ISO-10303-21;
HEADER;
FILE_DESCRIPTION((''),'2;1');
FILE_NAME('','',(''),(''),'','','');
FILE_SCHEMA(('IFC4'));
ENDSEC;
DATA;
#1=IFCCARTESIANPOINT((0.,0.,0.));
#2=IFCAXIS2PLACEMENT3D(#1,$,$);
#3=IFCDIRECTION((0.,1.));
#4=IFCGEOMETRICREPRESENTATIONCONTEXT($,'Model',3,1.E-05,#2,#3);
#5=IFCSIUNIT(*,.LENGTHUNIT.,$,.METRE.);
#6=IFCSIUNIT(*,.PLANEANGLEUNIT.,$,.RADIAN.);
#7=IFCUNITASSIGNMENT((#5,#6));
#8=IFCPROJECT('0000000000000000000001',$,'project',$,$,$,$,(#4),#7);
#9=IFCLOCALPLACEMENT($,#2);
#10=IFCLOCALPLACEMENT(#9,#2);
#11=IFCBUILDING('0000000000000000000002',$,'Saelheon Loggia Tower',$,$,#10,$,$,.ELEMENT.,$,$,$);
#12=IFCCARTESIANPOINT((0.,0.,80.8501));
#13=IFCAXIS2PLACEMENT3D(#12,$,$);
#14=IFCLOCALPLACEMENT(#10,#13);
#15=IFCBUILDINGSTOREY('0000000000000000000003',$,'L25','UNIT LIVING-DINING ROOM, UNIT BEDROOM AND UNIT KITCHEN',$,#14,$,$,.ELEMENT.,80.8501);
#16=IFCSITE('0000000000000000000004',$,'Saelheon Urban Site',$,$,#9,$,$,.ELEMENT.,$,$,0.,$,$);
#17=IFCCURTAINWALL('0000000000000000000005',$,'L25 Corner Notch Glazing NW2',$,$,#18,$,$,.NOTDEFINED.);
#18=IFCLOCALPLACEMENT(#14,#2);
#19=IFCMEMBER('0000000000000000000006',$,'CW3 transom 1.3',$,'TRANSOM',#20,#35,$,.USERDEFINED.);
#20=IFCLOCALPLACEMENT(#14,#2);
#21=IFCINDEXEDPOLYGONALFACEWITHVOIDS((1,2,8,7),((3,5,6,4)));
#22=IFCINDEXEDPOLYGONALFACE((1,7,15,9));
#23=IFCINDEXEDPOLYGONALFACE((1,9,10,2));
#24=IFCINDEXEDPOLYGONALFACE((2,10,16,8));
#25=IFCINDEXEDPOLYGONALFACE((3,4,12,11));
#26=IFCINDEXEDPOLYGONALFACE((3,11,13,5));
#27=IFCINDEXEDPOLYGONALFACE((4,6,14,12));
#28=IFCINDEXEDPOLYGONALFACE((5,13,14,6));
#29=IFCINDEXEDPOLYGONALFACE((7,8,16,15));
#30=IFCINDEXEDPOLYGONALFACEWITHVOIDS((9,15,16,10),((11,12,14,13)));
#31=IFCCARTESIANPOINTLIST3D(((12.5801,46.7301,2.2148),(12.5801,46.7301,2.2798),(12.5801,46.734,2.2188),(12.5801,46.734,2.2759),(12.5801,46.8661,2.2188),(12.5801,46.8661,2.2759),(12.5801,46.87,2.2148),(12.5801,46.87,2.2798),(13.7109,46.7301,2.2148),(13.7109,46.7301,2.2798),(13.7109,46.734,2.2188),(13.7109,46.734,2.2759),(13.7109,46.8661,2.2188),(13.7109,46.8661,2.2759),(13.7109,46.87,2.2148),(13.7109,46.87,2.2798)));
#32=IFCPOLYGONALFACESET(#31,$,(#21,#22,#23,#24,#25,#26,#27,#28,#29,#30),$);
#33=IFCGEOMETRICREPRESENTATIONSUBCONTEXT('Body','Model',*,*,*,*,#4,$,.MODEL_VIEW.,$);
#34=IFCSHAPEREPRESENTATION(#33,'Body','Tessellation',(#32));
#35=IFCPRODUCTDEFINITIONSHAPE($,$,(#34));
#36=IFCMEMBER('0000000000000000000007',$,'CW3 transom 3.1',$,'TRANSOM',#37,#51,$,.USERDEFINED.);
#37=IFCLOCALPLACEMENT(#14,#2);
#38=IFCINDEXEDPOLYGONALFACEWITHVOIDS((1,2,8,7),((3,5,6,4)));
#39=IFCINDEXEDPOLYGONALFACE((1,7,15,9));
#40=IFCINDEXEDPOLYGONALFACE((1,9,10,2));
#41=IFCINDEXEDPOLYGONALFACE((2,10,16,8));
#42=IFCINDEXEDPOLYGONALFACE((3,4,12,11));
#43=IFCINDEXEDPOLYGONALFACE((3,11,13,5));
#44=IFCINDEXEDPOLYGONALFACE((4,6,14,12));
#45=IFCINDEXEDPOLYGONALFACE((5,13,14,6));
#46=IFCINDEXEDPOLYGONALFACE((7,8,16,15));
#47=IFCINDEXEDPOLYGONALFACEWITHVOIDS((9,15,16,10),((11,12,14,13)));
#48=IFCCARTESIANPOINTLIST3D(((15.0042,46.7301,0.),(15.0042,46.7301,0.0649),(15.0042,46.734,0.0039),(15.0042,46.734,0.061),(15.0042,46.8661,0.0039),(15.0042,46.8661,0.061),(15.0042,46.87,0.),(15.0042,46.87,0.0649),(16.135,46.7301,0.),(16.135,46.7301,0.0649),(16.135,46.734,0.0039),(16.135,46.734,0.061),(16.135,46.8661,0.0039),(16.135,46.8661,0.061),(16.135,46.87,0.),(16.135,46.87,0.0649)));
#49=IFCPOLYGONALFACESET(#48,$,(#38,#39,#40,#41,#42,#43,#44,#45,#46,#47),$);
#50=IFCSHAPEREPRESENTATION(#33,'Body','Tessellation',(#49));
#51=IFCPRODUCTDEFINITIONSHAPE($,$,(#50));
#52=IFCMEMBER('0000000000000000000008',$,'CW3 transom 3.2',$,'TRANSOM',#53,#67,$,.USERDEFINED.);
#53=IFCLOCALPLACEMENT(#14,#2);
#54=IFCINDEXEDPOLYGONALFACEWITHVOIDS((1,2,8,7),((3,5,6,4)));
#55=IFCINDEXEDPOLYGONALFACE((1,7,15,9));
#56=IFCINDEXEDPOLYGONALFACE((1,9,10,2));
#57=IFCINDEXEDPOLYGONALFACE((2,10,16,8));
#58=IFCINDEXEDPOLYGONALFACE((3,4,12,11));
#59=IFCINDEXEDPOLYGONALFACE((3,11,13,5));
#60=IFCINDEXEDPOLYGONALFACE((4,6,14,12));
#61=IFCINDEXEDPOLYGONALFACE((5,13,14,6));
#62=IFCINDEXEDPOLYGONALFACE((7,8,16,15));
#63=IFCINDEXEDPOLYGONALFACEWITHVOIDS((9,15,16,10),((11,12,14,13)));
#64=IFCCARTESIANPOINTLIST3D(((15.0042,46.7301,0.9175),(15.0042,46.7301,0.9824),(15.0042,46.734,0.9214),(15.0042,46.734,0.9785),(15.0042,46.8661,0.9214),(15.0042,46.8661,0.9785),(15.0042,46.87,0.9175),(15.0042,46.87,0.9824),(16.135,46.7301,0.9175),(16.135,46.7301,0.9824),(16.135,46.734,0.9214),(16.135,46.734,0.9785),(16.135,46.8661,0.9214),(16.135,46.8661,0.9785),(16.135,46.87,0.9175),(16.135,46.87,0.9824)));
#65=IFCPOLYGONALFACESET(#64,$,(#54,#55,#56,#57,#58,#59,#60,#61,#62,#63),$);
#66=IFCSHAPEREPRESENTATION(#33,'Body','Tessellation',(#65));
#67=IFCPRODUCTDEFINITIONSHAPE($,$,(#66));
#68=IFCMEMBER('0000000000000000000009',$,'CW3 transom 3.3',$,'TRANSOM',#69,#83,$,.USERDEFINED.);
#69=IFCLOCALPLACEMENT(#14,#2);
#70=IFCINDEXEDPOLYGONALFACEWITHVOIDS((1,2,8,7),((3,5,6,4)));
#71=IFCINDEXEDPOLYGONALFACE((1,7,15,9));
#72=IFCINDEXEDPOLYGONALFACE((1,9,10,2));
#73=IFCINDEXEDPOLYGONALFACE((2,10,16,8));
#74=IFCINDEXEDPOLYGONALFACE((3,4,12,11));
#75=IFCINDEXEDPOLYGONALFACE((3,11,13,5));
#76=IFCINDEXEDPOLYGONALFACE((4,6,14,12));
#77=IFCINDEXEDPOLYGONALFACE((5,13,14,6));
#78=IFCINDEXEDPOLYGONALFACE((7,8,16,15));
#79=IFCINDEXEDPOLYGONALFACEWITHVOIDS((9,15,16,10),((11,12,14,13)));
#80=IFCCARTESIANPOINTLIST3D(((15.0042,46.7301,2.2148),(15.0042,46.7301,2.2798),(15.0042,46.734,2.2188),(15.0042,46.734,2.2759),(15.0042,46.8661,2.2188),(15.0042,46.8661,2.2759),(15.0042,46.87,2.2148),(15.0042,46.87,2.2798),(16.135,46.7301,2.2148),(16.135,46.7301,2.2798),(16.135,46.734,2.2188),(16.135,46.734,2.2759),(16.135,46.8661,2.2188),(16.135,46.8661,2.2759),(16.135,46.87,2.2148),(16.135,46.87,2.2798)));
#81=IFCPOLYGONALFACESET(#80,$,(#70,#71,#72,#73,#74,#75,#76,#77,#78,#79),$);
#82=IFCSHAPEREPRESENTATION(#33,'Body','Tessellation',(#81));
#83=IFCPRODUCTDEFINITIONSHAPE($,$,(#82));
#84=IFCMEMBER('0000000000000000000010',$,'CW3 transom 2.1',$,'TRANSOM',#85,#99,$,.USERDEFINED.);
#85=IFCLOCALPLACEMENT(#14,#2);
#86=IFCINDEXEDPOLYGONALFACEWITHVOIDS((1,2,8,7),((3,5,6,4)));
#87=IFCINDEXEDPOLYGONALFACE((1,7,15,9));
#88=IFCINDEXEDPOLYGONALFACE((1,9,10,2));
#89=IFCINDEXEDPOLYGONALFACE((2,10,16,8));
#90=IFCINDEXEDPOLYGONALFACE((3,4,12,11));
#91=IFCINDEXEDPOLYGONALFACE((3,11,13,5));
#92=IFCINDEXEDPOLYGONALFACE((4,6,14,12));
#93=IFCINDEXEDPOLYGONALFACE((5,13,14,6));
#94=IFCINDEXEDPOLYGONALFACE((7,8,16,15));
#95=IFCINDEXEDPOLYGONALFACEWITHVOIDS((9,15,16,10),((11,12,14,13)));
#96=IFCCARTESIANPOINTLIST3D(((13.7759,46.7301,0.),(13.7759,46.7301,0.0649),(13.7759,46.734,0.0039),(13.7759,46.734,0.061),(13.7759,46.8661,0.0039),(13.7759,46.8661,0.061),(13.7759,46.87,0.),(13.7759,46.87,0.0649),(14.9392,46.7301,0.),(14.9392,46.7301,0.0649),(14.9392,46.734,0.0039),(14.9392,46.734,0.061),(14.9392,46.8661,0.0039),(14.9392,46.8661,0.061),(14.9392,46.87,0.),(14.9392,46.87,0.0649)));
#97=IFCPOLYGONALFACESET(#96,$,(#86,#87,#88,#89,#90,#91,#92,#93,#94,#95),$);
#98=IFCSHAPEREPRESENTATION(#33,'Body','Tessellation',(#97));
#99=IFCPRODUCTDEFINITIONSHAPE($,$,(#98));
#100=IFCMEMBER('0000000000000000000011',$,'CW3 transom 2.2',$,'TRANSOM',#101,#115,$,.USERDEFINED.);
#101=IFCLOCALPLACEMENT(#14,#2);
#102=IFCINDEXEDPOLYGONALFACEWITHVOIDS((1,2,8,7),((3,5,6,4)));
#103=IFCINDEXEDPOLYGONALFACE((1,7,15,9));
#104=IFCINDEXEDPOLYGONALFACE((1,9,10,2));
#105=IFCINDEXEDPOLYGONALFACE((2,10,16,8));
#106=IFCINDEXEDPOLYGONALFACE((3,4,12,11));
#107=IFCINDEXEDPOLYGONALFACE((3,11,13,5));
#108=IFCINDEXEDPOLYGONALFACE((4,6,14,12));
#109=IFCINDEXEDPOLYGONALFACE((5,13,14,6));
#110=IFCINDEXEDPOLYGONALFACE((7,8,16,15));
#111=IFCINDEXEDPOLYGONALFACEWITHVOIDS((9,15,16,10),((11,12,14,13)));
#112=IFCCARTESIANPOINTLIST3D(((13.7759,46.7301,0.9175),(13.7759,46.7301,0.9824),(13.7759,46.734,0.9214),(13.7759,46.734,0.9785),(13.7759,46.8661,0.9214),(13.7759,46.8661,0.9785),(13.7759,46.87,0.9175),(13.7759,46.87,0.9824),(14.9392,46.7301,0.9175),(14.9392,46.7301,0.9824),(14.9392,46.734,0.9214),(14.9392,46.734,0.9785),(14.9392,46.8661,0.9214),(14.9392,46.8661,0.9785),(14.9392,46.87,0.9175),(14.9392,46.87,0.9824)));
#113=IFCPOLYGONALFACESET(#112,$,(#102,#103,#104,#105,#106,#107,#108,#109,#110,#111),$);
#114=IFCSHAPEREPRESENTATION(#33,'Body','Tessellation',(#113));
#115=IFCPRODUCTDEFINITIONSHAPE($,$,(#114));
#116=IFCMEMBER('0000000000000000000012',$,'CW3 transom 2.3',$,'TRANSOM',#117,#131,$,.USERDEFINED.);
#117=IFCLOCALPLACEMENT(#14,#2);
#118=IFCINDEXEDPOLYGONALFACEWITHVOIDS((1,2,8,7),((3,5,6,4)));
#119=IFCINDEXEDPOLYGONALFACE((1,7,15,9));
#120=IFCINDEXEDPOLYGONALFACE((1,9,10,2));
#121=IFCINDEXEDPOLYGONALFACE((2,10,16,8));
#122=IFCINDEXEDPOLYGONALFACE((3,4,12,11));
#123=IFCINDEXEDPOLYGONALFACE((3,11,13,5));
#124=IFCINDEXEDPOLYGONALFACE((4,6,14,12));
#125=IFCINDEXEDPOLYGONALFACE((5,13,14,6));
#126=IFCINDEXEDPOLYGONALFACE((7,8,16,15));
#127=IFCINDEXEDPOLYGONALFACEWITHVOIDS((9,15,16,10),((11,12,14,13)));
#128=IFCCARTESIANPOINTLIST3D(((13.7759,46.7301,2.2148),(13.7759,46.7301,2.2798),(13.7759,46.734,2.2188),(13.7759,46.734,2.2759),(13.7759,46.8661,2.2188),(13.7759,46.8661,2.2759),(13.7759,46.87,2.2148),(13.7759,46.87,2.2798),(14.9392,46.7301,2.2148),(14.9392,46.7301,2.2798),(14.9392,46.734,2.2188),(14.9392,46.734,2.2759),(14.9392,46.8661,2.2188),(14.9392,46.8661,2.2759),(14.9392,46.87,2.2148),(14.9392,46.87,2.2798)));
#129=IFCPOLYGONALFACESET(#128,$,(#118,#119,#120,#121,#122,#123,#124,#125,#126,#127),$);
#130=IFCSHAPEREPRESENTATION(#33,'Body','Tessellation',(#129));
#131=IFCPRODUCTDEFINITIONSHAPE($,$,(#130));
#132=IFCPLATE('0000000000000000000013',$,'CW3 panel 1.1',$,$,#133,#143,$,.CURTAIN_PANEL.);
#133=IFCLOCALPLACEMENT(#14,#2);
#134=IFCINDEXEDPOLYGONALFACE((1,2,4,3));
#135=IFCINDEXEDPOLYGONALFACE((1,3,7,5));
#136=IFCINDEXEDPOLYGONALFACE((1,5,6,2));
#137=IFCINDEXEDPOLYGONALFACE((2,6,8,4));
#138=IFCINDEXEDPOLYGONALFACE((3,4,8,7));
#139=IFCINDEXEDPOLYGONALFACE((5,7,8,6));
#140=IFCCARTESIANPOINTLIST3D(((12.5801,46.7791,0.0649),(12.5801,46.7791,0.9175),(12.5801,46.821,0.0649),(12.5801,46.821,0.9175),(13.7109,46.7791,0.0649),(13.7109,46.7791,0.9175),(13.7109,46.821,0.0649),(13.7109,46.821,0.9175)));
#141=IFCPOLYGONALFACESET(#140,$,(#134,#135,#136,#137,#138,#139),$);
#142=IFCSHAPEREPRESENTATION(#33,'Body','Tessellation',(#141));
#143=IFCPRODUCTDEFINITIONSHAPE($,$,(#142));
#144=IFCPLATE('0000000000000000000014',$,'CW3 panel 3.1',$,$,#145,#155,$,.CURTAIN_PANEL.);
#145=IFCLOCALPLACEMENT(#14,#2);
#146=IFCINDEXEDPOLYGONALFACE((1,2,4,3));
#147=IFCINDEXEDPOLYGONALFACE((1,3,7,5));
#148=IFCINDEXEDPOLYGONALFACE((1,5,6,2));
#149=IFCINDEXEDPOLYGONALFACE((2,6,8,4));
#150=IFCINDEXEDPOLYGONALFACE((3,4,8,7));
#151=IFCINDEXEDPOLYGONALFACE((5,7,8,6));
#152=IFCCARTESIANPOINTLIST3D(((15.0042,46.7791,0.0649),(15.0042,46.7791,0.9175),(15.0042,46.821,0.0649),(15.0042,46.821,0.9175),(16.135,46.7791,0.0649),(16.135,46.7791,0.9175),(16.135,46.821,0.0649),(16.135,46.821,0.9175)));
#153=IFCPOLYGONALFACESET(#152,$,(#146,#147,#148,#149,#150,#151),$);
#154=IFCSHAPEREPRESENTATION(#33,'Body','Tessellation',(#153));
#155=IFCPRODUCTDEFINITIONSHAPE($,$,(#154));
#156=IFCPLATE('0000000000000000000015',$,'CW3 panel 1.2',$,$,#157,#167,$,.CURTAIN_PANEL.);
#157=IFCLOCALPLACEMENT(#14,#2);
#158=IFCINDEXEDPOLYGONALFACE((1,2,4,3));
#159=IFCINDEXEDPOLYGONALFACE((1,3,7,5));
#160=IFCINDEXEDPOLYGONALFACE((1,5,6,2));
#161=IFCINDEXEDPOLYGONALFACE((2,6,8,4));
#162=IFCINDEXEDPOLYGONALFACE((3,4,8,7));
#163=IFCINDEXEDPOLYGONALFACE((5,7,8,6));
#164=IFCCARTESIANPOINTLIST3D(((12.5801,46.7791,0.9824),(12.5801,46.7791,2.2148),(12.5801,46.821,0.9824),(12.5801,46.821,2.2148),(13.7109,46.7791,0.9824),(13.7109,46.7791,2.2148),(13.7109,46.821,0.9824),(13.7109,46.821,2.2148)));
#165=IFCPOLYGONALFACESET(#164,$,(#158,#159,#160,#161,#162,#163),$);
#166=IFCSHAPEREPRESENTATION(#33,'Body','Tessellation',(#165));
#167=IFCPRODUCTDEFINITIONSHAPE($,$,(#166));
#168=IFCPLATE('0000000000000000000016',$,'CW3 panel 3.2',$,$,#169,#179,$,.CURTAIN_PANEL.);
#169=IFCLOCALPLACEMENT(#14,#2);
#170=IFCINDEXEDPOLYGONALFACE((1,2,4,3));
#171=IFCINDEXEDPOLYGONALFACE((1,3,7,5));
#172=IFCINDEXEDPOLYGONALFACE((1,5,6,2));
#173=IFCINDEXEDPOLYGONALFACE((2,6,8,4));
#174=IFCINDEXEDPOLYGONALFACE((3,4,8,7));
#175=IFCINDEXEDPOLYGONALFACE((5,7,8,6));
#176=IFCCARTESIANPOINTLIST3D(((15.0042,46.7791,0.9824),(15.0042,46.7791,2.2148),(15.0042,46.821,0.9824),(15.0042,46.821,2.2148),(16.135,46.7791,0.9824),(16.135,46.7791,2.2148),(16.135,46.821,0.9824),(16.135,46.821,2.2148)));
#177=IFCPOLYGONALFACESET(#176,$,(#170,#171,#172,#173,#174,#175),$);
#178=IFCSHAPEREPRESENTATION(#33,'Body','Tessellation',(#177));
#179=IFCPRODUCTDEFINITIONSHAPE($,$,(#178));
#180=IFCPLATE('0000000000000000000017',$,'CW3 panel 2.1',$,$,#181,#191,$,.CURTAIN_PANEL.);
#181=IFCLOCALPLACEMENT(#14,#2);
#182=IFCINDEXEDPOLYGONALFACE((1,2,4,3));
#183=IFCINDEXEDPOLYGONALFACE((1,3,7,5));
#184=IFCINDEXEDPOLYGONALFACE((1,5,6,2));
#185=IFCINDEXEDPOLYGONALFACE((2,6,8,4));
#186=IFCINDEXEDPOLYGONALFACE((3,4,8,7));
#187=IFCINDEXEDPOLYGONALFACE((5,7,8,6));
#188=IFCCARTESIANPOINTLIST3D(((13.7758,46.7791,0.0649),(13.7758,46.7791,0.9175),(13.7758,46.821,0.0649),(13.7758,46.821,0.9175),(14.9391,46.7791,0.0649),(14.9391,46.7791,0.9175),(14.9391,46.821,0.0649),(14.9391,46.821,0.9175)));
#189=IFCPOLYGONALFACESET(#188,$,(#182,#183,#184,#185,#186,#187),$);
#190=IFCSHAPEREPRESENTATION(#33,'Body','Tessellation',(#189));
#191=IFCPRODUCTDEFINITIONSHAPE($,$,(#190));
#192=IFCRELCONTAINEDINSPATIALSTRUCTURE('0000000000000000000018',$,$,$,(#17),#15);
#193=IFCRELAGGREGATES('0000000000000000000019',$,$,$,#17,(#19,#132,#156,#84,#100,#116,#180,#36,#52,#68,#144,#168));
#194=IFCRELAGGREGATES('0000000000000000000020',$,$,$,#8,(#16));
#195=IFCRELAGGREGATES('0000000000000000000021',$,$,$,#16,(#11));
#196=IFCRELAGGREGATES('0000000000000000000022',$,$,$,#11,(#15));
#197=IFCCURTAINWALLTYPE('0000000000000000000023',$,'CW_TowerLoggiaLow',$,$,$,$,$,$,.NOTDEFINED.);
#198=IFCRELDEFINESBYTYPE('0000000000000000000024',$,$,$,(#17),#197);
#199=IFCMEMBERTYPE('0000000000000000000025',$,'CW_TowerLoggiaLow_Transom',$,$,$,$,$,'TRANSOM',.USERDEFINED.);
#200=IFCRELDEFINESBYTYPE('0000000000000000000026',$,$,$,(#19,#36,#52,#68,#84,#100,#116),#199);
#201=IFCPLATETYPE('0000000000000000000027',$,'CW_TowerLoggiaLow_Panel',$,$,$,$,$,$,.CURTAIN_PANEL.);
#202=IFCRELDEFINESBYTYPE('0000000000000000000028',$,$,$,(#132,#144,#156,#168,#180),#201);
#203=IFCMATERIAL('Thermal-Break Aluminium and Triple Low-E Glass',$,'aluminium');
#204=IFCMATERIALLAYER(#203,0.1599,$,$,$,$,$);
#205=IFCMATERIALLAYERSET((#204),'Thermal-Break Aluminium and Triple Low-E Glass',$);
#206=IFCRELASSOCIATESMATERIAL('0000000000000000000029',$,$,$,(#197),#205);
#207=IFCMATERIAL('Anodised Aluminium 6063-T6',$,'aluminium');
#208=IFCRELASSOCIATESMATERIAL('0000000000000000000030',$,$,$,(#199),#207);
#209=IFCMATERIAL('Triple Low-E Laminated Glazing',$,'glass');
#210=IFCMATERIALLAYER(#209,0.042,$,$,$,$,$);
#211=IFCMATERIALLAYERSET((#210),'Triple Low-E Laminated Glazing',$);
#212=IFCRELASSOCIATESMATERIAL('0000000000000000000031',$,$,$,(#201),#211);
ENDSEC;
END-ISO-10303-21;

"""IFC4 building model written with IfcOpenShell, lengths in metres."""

from ifc_helpers import new_model, si_unit, direction, frame, origin, origin_2d, place, context, subcontext, project, spatial, rectangle, hollow_rectangle, extrude, source, transform, mapped, material, layer, layer_set, material_profile, profile_set, type_object, element, aggregate, save


model = new_model("IFC4")

# Units and contexts
model_context = context("Model", 3, precision=1e-05, world=origin(), true_north=direction((0.0, 1.0)))
body_context = subcontext(model_context, "Body", "Model", "MODEL_VIEW")
ifc_project = project(units=[si_unit("LENGTHUNIT", "METRE"), si_unit("PLANEANGLEUNIT", "RADIAN")], contexts=[model_context])

# Site, building, storey
site_placement = place(None, origin())
site = spatial("IfcSite", under=ifc_project, at=site_placement, Name="Saelheon Urban Site", CompositionType="ELEMENT", RefElevation=0.0)
building_placement = place(site_placement, origin())
building = spatial("IfcBuilding", under=site, at=building_placement, Name="Saelheon Loggia Tower", CompositionType="ELEMENT")
storey_placement = place(building_placement, frame((0.0, 0.0, 80.8501)))
storey = spatial("IfcBuildingStorey", under=building, at=storey_placement, Name="L25", Description="UNIT LIVING-DINING ROOM, UNIT BEDROOM AND UNIT KITCHEN", CompositionType="ELEMENT", Elevation=80.8501)

# Shared definitions
ifc_material_1 = material(Name="Thermal-Break Aluminium and Triple Low-E Glass", Category="aluminium")
ifc_layer_1 = layer(ifc_material_1, 0.1599)
ifc_layer_set_1 = layer_set([ifc_layer_1], Name="Thermal-Break Aluminium and Triple Low-E Glass")
curtain_wall_type = type_object("IfcCurtainWallType", Name="CW_TowerLoggiaLow", PredefinedType="NOTDEFINED", material=ifc_layer_set_1)
ifc_material_2 = material(Name="Anodised Aluminium 6063-T6", Category="aluminium")

# Curtain wall
curtain_wall_1_placement = place(storey_placement, origin())
curtain_wall_1 = element("IfcCurtainWall", 1, at=curtain_wall_1_placement, inside=storey, type_object=curtain_wall_type, Name="L25 Corner Notch Glazing NW2", PredefinedType="NOTDEFINED")

# Members
ifc_material_profile_1 = material_profile(ifc_material_2, hollow_rectangle(XDim=0.0649, YDim=0.1399, WallThickness=0.0039, at=origin_2d()), Name="RHS-140x65x4")
ifc_profile_set_1 = profile_set([ifc_material_profile_1], Name="Anodised Aluminium 6063-T6")
member_type_1 = type_object("IfcMemberType", Name="CW_TowerLoggiaLow_Transom", ElementType="TRANSOM", PredefinedType="USERDEFINED", material=ifc_profile_set_1)
shared_shape_1 = source(origin(), body_context, "Body", "SweptSolid", [
    extrude(hollow_rectangle(XDim=0.0649, YDim=0.1399, WallThickness=0.0039, at=origin_2d()), origin(), (0.0, 0.0, 1.0), 1.1309),
])
member_1_placement = place(storey_placement, frame((12.5801, 46.8, 2.2473), z_axis=(1.0, 0.0, 0.0), x_axis=(0.0, 0.0, 1.0)))
member_1 = element("IfcMember", 2, at=member_1_placement, type_object=member_type_1, Name="CW3 transom 1.3", ObjectType="TRANSOM", PredefinedType="USERDEFINED", context=body_context, shape_type="MappedRepresentation", body=[
    mapped(shared_shape_1, transform((0.0, 0.0, 0.0), scale=1.0)),
])
member_2_placement = place(storey_placement, frame((15.0042, 46.8, 0.0325), z_axis=(1.0, 0.0, 0.0), x_axis=(0.0, 0.0, 1.0)))
member_2 = element("IfcMember", 3, at=member_2_placement, type_object=member_type_1, Name="CW3 transom 3.1", ObjectType="TRANSOM", PredefinedType="USERDEFINED", context=body_context, shape_type="MappedRepresentation", body=[
    mapped(shared_shape_1, transform((0.0, 0.0, 0.0), scale=1.0)),
])
member_3_placement = place(storey_placement, frame((15.0042, 46.8, 0.95), z_axis=(1.0, 0.0, 0.0), x_axis=(0.0, 0.0, 1.0)))
member_3 = element("IfcMember", 4, at=member_3_placement, type_object=member_type_1, Name="CW3 transom 3.2", ObjectType="TRANSOM", PredefinedType="USERDEFINED", context=body_context, shape_type="MappedRepresentation", body=[
    mapped(shared_shape_1, transform((0.0, 0.0, 0.0), scale=1.0)),
])
member_4_placement = place(storey_placement, frame((15.0042, 46.8, 2.2473), z_axis=(1.0, 0.0, 0.0), x_axis=(0.0, 0.0, 1.0)))
member_4 = element("IfcMember", 5, at=member_4_placement, type_object=member_type_1, Name="CW3 transom 3.3", ObjectType="TRANSOM", PredefinedType="USERDEFINED", context=body_context, shape_type="MappedRepresentation", body=[
    mapped(shared_shape_1, transform((0.0, 0.0, 0.0), scale=1.0)),
])
shared_shape_2 = source(origin(), body_context, "Body", "SweptSolid", [
    extrude(hollow_rectangle(XDim=0.0649, YDim=0.1399, WallThickness=0.0039, at=origin_2d()), origin(), (0.0, 0.0, 1.0), 1.1633),
])
member_5_placement = place(storey_placement, frame((13.7759, 46.8, 0.0325), z_axis=(1.0, 0.0, 0.0), x_axis=(0.0, 0.0, 1.0)))
member_5 = element("IfcMember", 6, at=member_5_placement, type_object=member_type_1, Name="CW3 transom 2.1", ObjectType="TRANSOM", PredefinedType="USERDEFINED", context=body_context, shape_type="MappedRepresentation", body=[
    mapped(shared_shape_2, transform((0.0, 0.0, 0.0), scale=1.0)),
])
member_6_placement = place(storey_placement, frame((13.7759, 46.8, 0.95), z_axis=(1.0, 0.0, 0.0), x_axis=(0.0, 0.0, 1.0)))
member_6 = element("IfcMember", 7, at=member_6_placement, type_object=member_type_1, Name="CW3 transom 2.2", ObjectType="TRANSOM", PredefinedType="USERDEFINED", context=body_context, shape_type="MappedRepresentation", body=[
    mapped(shared_shape_2, transform((0.0, 0.0, 0.0), scale=1.0)),
])
member_7_placement = place(storey_placement, frame((13.7759, 46.8, 2.2473), z_axis=(1.0, 0.0, 0.0), x_axis=(0.0, 0.0, 1.0)))
member_7 = element("IfcMember", 8, at=member_7_placement, type_object=member_type_1, Name="CW3 transom 2.3", ObjectType="TRANSOM", PredefinedType="USERDEFINED", context=body_context, shape_type="MappedRepresentation", body=[
    mapped(shared_shape_2, transform((0.0, 0.0, 0.0), scale=1.0)),
])

# Plates
ifc_material_3 = material(Name="Triple Low-E Laminated Glazing", Category="glass")
ifc_layer_2 = layer(ifc_material_3, 0.042)
ifc_layer_set_2 = layer_set([ifc_layer_2], Name="Triple Low-E Laminated Glazing")
plate_type = type_object("IfcPlateType", Name="CW_TowerLoggiaLow_Panel", PredefinedType="CURTAIN_PANEL", material=ifc_layer_set_2)
shared_shape_3 = source(origin(), body_context, "Body", "SweptSolid", [
    extrude(rectangle(XDim=1.1309, YDim=0.042, at=origin_2d()), origin(), (0.0, 0.0, 1.0), 0.8525),
])
plate_1_placement = place(storey_placement, frame((13.1455, 46.8, 0.0649), z_axis=(0.0, 0.0, 1.0), x_axis=(1.0, 0.0, 0.0)))
plate_1 = element("IfcPlate", 9, at=plate_1_placement, type_object=plate_type, Name="CW3 panel 1.1", PredefinedType="CURTAIN_PANEL", context=body_context, shape_type="MappedRepresentation", body=[
    mapped(shared_shape_3, transform((0.0, 0.0, 0.0), scale=1.0)),
])
plate_2_placement = place(storey_placement, frame((15.5696, 46.8, 0.0649), z_axis=(0.0, 0.0, 1.0), x_axis=(1.0, 0.0, 0.0)))
plate_2 = element("IfcPlate", 10, at=plate_2_placement, type_object=plate_type, Name="CW3 panel 3.1", PredefinedType="CURTAIN_PANEL", context=body_context, shape_type="MappedRepresentation", body=[
    mapped(shared_shape_3, transform((0.0, 0.0, 0.0), scale=1.0)),
])
shared_shape_4 = source(origin(), body_context, "Body", "SweptSolid", [
    extrude(rectangle(XDim=1.1309, YDim=0.042, at=origin_2d()), origin(), (0.0, 0.0, 1.0), 1.2324),
])
plate_3_placement = place(storey_placement, frame((13.1455, 46.8, 0.9824), z_axis=(0.0, 0.0, 1.0), x_axis=(1.0, 0.0, 0.0)))
plate_3 = element("IfcPlate", 11, at=plate_3_placement, type_object=plate_type, Name="CW3 panel 1.2", PredefinedType="CURTAIN_PANEL", context=body_context, shape_type="MappedRepresentation", body=[
    mapped(shared_shape_4, transform((0.0, 0.0, 0.0), scale=1.0)),
])
plate_4_placement = place(storey_placement, frame((15.5696, 46.8, 0.9824), z_axis=(0.0, 0.0, 1.0), x_axis=(1.0, 0.0, 0.0)))
plate_4 = element("IfcPlate", 12, at=plate_4_placement, type_object=plate_type, Name="CW3 panel 3.2", PredefinedType="CURTAIN_PANEL", context=body_context, shape_type="MappedRepresentation", body=[
    mapped(shared_shape_4, transform((0.0, 0.0, 0.0), scale=1.0)),
])
shared_shape_5 = source(origin(), body_context, "Body", "SweptSolid", [
    extrude(rectangle(XDim=1.1633, YDim=0.042, at=origin_2d()), origin(), (0.0, 0.0, 1.0), 0.8525),
])
plate_5_placement = place(storey_placement, frame((14.3574, 46.8, 0.0649), z_axis=(0.0, 0.0, 1.0), x_axis=(1.0, 0.0, 0.0)))
plate_5 = element("IfcPlate", 13, at=plate_5_placement, type_object=plate_type, Name="CW3 panel 2.1", PredefinedType="CURTAIN_PANEL", context=body_context, shape_type="MappedRepresentation", body=[
    mapped(shared_shape_5, transform((0.0, 0.0, 0.0), scale=1.0)),
])
aggregate(curtain_wall_1, [member_1, plate_1, plate_3, member_5, member_6, member_7, plate_5, member_2, member_3, member_4, plate_2, plate_4])

save(model, "model.ifc")
